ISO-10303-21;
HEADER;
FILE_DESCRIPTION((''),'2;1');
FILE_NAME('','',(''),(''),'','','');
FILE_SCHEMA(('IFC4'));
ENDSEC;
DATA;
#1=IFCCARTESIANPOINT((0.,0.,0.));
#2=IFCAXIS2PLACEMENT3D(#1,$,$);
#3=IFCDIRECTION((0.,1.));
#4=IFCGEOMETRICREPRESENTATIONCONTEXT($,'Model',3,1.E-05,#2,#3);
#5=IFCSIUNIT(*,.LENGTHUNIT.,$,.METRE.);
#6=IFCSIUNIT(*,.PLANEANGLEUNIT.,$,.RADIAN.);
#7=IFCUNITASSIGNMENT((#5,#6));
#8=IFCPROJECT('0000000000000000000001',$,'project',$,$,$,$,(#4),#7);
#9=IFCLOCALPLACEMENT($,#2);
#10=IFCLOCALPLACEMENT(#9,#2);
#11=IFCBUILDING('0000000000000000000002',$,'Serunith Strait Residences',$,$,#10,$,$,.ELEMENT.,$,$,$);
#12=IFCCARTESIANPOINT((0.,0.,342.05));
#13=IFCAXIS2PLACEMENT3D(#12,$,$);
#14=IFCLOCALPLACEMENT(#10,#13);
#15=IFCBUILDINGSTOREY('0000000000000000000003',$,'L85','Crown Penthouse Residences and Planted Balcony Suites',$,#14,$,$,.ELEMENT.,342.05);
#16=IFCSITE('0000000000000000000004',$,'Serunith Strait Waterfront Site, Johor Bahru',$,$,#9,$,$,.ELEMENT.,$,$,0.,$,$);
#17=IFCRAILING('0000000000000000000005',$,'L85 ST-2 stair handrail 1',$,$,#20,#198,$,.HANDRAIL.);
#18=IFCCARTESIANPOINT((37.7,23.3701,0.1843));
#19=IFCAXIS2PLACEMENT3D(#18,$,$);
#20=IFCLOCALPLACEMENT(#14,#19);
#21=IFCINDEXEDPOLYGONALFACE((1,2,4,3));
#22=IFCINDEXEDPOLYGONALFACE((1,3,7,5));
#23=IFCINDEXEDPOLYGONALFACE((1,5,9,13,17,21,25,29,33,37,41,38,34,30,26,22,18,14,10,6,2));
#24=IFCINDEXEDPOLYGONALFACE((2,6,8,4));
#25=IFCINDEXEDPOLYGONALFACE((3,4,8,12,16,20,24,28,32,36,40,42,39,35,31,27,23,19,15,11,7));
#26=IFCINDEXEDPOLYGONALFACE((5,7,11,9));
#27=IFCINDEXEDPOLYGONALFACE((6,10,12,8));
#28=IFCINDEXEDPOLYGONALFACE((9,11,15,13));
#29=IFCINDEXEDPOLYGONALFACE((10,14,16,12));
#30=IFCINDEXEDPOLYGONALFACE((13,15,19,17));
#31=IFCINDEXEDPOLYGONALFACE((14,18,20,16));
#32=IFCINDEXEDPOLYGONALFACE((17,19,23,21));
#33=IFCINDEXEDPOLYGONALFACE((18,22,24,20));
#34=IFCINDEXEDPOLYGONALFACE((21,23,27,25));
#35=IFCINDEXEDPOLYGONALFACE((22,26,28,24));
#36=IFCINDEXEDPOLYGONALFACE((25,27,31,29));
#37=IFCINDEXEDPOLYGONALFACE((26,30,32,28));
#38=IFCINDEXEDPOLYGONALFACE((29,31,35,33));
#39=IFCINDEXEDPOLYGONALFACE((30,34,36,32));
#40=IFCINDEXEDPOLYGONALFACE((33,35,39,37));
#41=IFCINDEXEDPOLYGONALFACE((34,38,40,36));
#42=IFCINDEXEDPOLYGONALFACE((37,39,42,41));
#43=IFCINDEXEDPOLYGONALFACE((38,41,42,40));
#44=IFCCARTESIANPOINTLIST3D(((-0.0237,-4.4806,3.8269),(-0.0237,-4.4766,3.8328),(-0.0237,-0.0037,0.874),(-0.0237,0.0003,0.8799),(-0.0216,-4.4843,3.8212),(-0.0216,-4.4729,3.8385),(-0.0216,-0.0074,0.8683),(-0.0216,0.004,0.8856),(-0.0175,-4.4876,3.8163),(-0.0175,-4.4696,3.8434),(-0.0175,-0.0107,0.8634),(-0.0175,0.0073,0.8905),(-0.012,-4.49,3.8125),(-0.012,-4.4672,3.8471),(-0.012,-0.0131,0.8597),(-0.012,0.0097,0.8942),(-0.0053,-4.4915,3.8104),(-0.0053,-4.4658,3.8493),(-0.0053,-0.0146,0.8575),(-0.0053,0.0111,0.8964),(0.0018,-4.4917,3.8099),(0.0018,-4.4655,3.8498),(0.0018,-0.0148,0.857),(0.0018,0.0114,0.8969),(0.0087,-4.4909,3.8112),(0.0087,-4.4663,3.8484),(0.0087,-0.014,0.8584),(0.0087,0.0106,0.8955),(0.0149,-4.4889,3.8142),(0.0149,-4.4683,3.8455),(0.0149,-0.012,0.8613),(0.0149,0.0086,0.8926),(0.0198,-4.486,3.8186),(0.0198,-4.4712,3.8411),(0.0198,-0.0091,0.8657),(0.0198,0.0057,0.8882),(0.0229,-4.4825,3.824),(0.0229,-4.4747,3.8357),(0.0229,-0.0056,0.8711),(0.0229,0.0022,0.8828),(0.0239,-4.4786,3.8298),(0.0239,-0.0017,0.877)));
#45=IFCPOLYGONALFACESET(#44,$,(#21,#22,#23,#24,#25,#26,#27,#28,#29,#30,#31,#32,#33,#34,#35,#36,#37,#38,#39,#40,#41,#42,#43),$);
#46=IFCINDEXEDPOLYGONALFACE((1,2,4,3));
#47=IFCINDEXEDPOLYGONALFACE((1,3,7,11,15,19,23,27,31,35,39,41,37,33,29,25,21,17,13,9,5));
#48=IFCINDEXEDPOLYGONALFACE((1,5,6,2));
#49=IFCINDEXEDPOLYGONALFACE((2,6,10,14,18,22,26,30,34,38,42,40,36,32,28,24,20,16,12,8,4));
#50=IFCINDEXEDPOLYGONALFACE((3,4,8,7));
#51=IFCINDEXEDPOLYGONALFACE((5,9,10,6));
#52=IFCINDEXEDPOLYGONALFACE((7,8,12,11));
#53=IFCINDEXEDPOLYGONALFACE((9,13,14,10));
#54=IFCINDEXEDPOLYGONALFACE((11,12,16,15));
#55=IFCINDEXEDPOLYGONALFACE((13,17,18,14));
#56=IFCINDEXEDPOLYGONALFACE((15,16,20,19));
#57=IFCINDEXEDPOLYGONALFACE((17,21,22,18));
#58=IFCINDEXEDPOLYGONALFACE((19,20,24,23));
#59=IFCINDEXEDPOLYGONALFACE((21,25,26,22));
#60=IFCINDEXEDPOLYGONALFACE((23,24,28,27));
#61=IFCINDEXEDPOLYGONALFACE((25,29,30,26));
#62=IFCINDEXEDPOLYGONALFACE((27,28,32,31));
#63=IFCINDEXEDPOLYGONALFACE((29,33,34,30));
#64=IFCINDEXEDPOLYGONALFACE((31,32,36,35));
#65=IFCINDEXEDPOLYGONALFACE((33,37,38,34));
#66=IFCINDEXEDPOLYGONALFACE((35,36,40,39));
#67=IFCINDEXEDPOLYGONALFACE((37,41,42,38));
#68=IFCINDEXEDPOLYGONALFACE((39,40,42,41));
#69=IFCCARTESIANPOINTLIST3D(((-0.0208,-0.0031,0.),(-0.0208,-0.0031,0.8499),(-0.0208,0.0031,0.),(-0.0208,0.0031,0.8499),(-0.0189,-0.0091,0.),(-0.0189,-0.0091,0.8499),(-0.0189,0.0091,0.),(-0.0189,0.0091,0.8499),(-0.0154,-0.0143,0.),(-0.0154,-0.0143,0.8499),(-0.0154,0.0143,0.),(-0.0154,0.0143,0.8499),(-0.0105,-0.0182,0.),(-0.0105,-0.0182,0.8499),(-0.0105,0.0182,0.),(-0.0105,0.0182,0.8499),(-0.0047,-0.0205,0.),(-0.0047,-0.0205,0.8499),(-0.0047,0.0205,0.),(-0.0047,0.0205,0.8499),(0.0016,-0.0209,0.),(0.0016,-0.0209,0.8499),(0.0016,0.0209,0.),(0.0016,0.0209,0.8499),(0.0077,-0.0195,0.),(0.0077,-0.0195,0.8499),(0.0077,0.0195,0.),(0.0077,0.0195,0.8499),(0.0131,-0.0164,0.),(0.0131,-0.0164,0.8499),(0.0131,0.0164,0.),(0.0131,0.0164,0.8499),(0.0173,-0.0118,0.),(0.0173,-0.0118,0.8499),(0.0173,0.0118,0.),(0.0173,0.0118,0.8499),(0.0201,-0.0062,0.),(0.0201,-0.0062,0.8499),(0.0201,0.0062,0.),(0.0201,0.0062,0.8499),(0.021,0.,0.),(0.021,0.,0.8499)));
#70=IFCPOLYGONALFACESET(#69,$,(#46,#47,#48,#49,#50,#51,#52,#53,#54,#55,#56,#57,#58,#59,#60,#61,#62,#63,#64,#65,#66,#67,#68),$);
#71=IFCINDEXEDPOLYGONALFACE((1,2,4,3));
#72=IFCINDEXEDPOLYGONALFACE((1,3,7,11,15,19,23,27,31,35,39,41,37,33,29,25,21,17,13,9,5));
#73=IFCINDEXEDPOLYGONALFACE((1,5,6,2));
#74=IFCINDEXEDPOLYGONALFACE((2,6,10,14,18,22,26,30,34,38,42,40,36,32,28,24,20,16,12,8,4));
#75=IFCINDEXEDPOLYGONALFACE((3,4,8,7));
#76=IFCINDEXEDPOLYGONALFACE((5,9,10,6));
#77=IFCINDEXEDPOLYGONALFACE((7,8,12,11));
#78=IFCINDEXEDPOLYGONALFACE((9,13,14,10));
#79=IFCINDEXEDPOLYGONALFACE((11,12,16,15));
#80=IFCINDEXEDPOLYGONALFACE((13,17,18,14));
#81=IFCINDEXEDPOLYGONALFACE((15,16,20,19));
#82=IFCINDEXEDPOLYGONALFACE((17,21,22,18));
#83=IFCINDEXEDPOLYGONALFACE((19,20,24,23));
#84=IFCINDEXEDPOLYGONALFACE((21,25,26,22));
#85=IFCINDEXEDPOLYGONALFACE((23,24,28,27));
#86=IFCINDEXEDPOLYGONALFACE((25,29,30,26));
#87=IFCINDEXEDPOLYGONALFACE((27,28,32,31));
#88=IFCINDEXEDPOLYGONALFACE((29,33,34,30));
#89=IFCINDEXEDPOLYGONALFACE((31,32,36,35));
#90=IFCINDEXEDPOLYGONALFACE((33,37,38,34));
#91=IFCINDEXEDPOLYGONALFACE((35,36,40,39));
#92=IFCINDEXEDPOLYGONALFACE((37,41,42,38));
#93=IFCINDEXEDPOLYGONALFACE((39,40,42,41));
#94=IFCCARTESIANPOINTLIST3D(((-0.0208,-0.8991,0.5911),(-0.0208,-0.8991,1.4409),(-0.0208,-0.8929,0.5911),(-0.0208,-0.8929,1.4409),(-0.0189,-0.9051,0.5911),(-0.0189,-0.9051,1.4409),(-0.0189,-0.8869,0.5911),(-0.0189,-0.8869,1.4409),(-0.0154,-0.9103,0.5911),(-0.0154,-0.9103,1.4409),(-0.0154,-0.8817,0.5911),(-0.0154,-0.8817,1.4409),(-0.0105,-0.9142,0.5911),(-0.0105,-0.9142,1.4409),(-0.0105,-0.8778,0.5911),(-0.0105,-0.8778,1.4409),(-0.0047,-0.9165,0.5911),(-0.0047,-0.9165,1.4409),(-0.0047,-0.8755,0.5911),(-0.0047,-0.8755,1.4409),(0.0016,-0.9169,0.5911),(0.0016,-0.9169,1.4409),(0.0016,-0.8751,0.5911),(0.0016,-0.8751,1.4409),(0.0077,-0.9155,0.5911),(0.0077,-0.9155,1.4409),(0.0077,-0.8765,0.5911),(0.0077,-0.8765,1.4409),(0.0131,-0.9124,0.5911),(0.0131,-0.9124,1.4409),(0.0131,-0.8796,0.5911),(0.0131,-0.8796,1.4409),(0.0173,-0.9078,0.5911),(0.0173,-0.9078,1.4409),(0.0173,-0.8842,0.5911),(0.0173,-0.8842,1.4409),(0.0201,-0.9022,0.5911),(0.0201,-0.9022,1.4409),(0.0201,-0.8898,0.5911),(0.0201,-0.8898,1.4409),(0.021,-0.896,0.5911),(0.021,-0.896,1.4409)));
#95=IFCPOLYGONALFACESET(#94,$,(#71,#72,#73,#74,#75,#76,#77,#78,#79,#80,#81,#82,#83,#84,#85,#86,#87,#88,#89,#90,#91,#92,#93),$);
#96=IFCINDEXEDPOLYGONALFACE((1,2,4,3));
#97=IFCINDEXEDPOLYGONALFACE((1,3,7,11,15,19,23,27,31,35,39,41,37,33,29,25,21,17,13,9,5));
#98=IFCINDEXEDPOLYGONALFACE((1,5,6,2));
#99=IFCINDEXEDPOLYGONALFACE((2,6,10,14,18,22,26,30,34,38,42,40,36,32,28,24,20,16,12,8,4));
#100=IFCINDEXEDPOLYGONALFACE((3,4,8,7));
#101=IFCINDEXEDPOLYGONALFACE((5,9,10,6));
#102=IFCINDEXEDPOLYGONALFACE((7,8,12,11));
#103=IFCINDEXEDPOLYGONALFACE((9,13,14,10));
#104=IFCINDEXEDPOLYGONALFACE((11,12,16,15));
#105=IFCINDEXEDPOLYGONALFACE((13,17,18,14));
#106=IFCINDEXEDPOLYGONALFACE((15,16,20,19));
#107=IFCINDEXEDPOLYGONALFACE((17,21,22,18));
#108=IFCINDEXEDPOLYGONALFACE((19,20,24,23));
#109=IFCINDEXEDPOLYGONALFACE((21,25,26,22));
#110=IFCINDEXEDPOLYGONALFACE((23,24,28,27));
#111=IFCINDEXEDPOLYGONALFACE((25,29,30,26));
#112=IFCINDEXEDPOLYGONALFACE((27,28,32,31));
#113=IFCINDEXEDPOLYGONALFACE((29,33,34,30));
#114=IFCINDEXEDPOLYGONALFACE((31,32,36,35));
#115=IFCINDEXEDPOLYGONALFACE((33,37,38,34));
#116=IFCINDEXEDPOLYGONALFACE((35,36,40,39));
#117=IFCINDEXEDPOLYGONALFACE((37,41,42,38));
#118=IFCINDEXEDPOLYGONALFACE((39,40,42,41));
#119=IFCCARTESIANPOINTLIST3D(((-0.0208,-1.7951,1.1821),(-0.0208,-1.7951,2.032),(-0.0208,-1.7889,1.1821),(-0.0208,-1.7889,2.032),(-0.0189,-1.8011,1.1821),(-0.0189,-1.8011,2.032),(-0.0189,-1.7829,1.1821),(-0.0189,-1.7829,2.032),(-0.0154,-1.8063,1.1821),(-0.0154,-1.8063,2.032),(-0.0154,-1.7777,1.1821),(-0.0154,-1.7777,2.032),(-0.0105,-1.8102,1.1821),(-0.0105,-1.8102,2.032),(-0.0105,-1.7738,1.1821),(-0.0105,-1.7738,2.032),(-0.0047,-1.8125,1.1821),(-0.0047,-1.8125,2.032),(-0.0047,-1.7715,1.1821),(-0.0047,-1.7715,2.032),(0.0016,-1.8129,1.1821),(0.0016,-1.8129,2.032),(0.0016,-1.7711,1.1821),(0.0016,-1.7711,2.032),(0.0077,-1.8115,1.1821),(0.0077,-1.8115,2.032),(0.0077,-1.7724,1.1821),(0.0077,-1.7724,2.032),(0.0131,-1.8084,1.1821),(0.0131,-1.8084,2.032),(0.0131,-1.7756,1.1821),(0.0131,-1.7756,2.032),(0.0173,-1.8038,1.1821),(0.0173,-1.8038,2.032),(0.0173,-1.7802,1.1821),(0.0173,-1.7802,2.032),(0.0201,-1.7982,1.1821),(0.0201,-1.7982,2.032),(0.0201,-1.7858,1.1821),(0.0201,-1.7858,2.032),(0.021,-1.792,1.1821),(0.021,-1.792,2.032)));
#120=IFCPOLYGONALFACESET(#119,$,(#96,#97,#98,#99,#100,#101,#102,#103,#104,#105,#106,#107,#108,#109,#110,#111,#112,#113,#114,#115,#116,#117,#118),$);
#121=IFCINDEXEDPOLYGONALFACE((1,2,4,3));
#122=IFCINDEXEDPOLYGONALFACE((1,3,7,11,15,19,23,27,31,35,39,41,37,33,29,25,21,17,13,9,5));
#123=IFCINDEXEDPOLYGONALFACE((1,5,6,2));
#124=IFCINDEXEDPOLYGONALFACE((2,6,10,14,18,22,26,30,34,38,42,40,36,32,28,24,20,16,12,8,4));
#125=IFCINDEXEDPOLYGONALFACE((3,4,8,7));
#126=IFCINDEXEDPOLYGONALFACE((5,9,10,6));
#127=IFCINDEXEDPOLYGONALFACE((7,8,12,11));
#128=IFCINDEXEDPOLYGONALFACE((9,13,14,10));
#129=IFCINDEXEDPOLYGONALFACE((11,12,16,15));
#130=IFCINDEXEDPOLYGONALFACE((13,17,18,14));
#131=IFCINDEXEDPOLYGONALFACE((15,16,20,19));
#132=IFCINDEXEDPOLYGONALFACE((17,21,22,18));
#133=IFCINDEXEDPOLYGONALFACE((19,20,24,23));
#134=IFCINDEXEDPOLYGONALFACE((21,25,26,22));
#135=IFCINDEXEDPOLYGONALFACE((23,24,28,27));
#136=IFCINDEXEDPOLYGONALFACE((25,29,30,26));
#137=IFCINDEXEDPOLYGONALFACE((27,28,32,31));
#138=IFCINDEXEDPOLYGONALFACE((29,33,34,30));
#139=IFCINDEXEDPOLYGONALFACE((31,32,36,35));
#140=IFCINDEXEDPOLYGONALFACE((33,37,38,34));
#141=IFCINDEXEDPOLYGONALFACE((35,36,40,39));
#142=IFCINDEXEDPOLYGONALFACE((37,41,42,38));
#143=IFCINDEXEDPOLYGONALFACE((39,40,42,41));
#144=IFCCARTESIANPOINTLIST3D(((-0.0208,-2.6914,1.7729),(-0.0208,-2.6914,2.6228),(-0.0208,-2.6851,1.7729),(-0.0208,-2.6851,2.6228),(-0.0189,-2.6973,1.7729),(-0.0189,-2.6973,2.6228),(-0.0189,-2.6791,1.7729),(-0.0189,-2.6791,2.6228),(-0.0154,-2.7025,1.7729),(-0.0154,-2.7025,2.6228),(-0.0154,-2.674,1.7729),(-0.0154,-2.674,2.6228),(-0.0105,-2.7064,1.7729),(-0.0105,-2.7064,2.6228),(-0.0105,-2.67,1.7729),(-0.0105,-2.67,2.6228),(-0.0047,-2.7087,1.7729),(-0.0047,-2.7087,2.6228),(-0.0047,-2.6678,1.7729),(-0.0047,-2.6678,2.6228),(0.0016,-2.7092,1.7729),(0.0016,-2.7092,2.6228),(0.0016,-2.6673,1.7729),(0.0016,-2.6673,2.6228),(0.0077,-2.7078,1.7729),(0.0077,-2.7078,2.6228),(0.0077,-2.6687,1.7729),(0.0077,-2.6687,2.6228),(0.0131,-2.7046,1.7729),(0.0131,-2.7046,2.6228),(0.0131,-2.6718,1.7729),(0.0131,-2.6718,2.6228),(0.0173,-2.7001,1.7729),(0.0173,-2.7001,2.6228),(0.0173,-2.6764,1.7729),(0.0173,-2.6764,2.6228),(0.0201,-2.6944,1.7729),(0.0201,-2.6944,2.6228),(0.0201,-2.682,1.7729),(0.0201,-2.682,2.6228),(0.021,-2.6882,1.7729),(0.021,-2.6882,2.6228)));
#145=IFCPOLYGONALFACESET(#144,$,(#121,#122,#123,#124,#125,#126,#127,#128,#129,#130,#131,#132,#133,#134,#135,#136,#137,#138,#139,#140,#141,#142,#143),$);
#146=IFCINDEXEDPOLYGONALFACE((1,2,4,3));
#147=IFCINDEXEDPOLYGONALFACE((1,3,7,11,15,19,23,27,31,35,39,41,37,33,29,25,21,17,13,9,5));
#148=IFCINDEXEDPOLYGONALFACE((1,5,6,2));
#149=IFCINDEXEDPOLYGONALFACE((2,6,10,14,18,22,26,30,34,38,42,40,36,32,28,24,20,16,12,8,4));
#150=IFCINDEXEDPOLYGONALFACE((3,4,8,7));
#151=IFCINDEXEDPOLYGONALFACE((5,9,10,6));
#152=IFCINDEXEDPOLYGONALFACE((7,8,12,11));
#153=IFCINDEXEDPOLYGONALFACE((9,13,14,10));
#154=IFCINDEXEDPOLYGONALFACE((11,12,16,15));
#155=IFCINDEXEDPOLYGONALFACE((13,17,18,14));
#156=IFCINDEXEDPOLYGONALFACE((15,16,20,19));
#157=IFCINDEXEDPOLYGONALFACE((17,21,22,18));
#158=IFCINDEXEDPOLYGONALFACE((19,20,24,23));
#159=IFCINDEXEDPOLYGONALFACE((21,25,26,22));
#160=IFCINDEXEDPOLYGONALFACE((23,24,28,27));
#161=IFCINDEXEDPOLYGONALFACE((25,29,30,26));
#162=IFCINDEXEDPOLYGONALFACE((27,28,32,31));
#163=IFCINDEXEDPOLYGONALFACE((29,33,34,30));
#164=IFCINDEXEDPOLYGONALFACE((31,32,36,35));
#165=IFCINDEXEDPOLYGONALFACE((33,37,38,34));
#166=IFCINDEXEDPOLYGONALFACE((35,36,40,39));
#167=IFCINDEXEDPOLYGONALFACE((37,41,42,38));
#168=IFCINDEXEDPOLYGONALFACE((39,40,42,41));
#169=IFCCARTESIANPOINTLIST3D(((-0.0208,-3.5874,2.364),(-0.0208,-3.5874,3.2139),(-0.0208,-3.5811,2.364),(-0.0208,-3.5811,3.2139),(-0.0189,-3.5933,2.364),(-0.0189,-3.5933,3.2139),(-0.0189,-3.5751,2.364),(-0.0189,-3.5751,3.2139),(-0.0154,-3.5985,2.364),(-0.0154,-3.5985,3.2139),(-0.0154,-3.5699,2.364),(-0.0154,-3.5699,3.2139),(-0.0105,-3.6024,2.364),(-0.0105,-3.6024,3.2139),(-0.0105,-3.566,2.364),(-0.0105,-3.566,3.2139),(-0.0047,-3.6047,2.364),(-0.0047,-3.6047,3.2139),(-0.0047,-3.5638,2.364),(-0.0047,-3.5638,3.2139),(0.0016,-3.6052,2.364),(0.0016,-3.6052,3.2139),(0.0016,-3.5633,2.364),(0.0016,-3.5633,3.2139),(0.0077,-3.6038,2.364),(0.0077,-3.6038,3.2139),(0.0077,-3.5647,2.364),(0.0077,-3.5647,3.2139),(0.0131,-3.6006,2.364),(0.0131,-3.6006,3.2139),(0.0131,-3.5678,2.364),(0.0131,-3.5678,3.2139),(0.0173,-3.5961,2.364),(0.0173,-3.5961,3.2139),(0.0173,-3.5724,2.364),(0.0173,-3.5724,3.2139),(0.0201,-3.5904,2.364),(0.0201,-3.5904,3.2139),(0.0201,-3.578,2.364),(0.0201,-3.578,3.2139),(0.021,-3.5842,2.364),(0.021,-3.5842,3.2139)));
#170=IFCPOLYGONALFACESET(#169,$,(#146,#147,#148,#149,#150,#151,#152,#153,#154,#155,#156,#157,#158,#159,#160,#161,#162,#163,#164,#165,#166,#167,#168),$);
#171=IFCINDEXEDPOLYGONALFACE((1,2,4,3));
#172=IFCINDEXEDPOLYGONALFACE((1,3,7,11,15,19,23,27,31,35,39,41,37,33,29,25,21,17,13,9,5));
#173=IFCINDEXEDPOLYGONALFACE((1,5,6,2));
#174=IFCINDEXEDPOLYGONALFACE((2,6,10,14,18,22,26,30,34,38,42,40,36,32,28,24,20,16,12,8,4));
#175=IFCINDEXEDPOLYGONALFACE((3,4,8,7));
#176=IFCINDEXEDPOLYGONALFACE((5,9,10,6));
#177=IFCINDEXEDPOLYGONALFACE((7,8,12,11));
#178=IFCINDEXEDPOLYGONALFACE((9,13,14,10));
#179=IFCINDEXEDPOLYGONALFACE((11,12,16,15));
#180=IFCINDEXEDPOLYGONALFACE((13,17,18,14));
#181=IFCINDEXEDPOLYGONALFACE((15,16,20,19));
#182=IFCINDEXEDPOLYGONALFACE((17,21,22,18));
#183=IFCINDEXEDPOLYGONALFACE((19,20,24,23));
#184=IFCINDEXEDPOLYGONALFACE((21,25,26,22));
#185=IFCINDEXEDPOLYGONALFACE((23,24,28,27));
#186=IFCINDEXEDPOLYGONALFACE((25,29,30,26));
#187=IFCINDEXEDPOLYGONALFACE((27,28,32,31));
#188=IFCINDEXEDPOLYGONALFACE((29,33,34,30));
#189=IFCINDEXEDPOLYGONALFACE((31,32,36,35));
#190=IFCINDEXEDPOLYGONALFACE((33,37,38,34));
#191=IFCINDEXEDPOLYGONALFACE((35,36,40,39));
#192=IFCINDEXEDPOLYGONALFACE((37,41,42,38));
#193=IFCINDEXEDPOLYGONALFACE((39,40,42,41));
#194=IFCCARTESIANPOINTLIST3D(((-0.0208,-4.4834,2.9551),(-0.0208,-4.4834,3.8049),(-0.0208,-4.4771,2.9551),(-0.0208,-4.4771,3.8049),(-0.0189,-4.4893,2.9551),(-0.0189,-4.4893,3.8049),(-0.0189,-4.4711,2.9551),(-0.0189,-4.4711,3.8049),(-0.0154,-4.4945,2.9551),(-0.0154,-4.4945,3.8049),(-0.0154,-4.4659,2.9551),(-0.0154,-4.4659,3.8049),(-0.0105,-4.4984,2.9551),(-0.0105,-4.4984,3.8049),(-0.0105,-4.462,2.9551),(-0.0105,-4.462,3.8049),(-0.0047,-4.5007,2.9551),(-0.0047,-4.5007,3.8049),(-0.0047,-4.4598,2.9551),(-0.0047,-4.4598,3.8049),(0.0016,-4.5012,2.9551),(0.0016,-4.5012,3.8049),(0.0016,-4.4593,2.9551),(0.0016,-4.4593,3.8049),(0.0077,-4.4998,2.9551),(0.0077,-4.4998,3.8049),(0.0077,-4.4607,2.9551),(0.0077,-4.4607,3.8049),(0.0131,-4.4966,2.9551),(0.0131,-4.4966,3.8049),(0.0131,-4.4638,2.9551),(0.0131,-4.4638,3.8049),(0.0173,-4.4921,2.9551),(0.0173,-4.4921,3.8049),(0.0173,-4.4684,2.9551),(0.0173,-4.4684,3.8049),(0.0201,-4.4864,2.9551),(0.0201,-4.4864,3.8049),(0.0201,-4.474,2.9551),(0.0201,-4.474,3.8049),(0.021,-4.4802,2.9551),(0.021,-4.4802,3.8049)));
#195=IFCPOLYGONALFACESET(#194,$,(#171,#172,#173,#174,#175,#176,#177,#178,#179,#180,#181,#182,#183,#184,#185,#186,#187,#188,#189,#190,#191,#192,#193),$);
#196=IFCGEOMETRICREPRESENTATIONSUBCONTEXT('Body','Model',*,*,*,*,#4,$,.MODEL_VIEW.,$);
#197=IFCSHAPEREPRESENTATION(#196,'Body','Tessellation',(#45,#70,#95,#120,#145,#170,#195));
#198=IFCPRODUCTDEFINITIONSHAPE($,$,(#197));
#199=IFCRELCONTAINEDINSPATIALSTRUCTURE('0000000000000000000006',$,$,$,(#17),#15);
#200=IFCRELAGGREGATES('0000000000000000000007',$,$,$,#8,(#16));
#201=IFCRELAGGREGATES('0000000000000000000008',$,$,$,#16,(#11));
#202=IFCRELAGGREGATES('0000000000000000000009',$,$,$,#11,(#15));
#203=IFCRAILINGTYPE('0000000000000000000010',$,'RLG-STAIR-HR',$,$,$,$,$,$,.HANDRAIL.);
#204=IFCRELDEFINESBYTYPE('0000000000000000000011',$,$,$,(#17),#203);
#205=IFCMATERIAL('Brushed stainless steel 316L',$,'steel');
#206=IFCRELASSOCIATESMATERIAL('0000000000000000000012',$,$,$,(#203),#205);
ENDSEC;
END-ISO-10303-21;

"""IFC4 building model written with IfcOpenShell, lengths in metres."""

from ifc_helpers import new_model, si_unit, direction, frame, origin, origin_2d, place, context, subcontext, project, spatial, circle, extrude, material, type_object, element, save


model = new_model("IFC4")

# Units and contexts
model_context = context("Model", 3, precision=1e-05, world=origin(), true_north=direction((0.0, 1.0)))
body_context = subcontext(model_context, "Body", "Model", "MODEL_VIEW")
ifc_project = project(units=[si_unit("LENGTHUNIT", "METRE"), si_unit("PLANEANGLEUNIT", "RADIAN")], contexts=[model_context])

# Site, building, storey
site_placement = place(None, origin())
site = spatial("IfcSite", under=ifc_project, at=site_placement, Name="Serunith Strait Waterfront Site, Johor Bahru", CompositionType="ELEMENT", RefElevation=0.0)
building_placement = place(site_placement, origin())
building = spatial("IfcBuilding", under=site, at=building_placement, Name="Serunith Strait Residences", CompositionType="ELEMENT")
storey_placement = place(building_placement, frame((0.0, 0.0, 342.05)))
storey = spatial("IfcBuildingStorey", under=building, at=storey_placement, Name="L85", Description="Crown Penthouse Residences and Planted Balcony Suites", CompositionType="ELEMENT", Elevation=342.05)

# Railing
ifc_material_1 = material(Name="Brushed stainless steel 316L", Category="steel")
railing_type_1 = type_object("IfcRailingType", Name="RLG-STAIR-HR", PredefinedType="HANDRAIL", material=ifc_material_1)
railing_1_placement = place(storey_placement, frame((37.7, 23.3701, 0.1843)))
element("IfcRailing", 1, at=railing_1_placement, inside=storey, type_object=railing_type_1, Name="L85 ST-2 stair handrail 1", PredefinedType="HANDRAIL", context=body_context, shape_type="SweptSolid", body=[
    extrude(circle(Radius=0.0239, at=origin_2d()), frame((0.0, -0.0017, 0.877), z_axis=(0.0, -0.83477, 0.550599), x_axis=(1.0, 0.0, 0.0)), (0.0, 0.0, 1.0), 5.363),
    extrude(circle(Radius=0.021, at=origin_2d()), origin(), (0.0, 0.0, 1.0), 0.8499),
    extrude(circle(Radius=0.021, at=origin_2d()), frame((0.0, -0.896, 0.5911)), (0.0, 0.0, 1.0), 0.8499),
    extrude(circle(Radius=0.021, at=origin_2d()), frame((0.0, -1.792, 1.1821)), (0.0, 0.0, 1.0), 0.8499),
    extrude(circle(Radius=0.021, at=origin_2d()), frame((0.0, -2.6882, 1.7729)), (0.0, 0.0, 1.0), 0.8499),
    extrude(circle(Radius=0.021, at=origin_2d()), frame((0.0, -3.5842, 2.364)), (0.0, 0.0, 1.0), 0.8499),
    extrude(circle(Radius=0.021, at=origin_2d()), frame((0.0, -4.4802, 2.9551)), (0.0, 0.0, 1.0), 0.8499),
])

save(model, "model.ifc")
